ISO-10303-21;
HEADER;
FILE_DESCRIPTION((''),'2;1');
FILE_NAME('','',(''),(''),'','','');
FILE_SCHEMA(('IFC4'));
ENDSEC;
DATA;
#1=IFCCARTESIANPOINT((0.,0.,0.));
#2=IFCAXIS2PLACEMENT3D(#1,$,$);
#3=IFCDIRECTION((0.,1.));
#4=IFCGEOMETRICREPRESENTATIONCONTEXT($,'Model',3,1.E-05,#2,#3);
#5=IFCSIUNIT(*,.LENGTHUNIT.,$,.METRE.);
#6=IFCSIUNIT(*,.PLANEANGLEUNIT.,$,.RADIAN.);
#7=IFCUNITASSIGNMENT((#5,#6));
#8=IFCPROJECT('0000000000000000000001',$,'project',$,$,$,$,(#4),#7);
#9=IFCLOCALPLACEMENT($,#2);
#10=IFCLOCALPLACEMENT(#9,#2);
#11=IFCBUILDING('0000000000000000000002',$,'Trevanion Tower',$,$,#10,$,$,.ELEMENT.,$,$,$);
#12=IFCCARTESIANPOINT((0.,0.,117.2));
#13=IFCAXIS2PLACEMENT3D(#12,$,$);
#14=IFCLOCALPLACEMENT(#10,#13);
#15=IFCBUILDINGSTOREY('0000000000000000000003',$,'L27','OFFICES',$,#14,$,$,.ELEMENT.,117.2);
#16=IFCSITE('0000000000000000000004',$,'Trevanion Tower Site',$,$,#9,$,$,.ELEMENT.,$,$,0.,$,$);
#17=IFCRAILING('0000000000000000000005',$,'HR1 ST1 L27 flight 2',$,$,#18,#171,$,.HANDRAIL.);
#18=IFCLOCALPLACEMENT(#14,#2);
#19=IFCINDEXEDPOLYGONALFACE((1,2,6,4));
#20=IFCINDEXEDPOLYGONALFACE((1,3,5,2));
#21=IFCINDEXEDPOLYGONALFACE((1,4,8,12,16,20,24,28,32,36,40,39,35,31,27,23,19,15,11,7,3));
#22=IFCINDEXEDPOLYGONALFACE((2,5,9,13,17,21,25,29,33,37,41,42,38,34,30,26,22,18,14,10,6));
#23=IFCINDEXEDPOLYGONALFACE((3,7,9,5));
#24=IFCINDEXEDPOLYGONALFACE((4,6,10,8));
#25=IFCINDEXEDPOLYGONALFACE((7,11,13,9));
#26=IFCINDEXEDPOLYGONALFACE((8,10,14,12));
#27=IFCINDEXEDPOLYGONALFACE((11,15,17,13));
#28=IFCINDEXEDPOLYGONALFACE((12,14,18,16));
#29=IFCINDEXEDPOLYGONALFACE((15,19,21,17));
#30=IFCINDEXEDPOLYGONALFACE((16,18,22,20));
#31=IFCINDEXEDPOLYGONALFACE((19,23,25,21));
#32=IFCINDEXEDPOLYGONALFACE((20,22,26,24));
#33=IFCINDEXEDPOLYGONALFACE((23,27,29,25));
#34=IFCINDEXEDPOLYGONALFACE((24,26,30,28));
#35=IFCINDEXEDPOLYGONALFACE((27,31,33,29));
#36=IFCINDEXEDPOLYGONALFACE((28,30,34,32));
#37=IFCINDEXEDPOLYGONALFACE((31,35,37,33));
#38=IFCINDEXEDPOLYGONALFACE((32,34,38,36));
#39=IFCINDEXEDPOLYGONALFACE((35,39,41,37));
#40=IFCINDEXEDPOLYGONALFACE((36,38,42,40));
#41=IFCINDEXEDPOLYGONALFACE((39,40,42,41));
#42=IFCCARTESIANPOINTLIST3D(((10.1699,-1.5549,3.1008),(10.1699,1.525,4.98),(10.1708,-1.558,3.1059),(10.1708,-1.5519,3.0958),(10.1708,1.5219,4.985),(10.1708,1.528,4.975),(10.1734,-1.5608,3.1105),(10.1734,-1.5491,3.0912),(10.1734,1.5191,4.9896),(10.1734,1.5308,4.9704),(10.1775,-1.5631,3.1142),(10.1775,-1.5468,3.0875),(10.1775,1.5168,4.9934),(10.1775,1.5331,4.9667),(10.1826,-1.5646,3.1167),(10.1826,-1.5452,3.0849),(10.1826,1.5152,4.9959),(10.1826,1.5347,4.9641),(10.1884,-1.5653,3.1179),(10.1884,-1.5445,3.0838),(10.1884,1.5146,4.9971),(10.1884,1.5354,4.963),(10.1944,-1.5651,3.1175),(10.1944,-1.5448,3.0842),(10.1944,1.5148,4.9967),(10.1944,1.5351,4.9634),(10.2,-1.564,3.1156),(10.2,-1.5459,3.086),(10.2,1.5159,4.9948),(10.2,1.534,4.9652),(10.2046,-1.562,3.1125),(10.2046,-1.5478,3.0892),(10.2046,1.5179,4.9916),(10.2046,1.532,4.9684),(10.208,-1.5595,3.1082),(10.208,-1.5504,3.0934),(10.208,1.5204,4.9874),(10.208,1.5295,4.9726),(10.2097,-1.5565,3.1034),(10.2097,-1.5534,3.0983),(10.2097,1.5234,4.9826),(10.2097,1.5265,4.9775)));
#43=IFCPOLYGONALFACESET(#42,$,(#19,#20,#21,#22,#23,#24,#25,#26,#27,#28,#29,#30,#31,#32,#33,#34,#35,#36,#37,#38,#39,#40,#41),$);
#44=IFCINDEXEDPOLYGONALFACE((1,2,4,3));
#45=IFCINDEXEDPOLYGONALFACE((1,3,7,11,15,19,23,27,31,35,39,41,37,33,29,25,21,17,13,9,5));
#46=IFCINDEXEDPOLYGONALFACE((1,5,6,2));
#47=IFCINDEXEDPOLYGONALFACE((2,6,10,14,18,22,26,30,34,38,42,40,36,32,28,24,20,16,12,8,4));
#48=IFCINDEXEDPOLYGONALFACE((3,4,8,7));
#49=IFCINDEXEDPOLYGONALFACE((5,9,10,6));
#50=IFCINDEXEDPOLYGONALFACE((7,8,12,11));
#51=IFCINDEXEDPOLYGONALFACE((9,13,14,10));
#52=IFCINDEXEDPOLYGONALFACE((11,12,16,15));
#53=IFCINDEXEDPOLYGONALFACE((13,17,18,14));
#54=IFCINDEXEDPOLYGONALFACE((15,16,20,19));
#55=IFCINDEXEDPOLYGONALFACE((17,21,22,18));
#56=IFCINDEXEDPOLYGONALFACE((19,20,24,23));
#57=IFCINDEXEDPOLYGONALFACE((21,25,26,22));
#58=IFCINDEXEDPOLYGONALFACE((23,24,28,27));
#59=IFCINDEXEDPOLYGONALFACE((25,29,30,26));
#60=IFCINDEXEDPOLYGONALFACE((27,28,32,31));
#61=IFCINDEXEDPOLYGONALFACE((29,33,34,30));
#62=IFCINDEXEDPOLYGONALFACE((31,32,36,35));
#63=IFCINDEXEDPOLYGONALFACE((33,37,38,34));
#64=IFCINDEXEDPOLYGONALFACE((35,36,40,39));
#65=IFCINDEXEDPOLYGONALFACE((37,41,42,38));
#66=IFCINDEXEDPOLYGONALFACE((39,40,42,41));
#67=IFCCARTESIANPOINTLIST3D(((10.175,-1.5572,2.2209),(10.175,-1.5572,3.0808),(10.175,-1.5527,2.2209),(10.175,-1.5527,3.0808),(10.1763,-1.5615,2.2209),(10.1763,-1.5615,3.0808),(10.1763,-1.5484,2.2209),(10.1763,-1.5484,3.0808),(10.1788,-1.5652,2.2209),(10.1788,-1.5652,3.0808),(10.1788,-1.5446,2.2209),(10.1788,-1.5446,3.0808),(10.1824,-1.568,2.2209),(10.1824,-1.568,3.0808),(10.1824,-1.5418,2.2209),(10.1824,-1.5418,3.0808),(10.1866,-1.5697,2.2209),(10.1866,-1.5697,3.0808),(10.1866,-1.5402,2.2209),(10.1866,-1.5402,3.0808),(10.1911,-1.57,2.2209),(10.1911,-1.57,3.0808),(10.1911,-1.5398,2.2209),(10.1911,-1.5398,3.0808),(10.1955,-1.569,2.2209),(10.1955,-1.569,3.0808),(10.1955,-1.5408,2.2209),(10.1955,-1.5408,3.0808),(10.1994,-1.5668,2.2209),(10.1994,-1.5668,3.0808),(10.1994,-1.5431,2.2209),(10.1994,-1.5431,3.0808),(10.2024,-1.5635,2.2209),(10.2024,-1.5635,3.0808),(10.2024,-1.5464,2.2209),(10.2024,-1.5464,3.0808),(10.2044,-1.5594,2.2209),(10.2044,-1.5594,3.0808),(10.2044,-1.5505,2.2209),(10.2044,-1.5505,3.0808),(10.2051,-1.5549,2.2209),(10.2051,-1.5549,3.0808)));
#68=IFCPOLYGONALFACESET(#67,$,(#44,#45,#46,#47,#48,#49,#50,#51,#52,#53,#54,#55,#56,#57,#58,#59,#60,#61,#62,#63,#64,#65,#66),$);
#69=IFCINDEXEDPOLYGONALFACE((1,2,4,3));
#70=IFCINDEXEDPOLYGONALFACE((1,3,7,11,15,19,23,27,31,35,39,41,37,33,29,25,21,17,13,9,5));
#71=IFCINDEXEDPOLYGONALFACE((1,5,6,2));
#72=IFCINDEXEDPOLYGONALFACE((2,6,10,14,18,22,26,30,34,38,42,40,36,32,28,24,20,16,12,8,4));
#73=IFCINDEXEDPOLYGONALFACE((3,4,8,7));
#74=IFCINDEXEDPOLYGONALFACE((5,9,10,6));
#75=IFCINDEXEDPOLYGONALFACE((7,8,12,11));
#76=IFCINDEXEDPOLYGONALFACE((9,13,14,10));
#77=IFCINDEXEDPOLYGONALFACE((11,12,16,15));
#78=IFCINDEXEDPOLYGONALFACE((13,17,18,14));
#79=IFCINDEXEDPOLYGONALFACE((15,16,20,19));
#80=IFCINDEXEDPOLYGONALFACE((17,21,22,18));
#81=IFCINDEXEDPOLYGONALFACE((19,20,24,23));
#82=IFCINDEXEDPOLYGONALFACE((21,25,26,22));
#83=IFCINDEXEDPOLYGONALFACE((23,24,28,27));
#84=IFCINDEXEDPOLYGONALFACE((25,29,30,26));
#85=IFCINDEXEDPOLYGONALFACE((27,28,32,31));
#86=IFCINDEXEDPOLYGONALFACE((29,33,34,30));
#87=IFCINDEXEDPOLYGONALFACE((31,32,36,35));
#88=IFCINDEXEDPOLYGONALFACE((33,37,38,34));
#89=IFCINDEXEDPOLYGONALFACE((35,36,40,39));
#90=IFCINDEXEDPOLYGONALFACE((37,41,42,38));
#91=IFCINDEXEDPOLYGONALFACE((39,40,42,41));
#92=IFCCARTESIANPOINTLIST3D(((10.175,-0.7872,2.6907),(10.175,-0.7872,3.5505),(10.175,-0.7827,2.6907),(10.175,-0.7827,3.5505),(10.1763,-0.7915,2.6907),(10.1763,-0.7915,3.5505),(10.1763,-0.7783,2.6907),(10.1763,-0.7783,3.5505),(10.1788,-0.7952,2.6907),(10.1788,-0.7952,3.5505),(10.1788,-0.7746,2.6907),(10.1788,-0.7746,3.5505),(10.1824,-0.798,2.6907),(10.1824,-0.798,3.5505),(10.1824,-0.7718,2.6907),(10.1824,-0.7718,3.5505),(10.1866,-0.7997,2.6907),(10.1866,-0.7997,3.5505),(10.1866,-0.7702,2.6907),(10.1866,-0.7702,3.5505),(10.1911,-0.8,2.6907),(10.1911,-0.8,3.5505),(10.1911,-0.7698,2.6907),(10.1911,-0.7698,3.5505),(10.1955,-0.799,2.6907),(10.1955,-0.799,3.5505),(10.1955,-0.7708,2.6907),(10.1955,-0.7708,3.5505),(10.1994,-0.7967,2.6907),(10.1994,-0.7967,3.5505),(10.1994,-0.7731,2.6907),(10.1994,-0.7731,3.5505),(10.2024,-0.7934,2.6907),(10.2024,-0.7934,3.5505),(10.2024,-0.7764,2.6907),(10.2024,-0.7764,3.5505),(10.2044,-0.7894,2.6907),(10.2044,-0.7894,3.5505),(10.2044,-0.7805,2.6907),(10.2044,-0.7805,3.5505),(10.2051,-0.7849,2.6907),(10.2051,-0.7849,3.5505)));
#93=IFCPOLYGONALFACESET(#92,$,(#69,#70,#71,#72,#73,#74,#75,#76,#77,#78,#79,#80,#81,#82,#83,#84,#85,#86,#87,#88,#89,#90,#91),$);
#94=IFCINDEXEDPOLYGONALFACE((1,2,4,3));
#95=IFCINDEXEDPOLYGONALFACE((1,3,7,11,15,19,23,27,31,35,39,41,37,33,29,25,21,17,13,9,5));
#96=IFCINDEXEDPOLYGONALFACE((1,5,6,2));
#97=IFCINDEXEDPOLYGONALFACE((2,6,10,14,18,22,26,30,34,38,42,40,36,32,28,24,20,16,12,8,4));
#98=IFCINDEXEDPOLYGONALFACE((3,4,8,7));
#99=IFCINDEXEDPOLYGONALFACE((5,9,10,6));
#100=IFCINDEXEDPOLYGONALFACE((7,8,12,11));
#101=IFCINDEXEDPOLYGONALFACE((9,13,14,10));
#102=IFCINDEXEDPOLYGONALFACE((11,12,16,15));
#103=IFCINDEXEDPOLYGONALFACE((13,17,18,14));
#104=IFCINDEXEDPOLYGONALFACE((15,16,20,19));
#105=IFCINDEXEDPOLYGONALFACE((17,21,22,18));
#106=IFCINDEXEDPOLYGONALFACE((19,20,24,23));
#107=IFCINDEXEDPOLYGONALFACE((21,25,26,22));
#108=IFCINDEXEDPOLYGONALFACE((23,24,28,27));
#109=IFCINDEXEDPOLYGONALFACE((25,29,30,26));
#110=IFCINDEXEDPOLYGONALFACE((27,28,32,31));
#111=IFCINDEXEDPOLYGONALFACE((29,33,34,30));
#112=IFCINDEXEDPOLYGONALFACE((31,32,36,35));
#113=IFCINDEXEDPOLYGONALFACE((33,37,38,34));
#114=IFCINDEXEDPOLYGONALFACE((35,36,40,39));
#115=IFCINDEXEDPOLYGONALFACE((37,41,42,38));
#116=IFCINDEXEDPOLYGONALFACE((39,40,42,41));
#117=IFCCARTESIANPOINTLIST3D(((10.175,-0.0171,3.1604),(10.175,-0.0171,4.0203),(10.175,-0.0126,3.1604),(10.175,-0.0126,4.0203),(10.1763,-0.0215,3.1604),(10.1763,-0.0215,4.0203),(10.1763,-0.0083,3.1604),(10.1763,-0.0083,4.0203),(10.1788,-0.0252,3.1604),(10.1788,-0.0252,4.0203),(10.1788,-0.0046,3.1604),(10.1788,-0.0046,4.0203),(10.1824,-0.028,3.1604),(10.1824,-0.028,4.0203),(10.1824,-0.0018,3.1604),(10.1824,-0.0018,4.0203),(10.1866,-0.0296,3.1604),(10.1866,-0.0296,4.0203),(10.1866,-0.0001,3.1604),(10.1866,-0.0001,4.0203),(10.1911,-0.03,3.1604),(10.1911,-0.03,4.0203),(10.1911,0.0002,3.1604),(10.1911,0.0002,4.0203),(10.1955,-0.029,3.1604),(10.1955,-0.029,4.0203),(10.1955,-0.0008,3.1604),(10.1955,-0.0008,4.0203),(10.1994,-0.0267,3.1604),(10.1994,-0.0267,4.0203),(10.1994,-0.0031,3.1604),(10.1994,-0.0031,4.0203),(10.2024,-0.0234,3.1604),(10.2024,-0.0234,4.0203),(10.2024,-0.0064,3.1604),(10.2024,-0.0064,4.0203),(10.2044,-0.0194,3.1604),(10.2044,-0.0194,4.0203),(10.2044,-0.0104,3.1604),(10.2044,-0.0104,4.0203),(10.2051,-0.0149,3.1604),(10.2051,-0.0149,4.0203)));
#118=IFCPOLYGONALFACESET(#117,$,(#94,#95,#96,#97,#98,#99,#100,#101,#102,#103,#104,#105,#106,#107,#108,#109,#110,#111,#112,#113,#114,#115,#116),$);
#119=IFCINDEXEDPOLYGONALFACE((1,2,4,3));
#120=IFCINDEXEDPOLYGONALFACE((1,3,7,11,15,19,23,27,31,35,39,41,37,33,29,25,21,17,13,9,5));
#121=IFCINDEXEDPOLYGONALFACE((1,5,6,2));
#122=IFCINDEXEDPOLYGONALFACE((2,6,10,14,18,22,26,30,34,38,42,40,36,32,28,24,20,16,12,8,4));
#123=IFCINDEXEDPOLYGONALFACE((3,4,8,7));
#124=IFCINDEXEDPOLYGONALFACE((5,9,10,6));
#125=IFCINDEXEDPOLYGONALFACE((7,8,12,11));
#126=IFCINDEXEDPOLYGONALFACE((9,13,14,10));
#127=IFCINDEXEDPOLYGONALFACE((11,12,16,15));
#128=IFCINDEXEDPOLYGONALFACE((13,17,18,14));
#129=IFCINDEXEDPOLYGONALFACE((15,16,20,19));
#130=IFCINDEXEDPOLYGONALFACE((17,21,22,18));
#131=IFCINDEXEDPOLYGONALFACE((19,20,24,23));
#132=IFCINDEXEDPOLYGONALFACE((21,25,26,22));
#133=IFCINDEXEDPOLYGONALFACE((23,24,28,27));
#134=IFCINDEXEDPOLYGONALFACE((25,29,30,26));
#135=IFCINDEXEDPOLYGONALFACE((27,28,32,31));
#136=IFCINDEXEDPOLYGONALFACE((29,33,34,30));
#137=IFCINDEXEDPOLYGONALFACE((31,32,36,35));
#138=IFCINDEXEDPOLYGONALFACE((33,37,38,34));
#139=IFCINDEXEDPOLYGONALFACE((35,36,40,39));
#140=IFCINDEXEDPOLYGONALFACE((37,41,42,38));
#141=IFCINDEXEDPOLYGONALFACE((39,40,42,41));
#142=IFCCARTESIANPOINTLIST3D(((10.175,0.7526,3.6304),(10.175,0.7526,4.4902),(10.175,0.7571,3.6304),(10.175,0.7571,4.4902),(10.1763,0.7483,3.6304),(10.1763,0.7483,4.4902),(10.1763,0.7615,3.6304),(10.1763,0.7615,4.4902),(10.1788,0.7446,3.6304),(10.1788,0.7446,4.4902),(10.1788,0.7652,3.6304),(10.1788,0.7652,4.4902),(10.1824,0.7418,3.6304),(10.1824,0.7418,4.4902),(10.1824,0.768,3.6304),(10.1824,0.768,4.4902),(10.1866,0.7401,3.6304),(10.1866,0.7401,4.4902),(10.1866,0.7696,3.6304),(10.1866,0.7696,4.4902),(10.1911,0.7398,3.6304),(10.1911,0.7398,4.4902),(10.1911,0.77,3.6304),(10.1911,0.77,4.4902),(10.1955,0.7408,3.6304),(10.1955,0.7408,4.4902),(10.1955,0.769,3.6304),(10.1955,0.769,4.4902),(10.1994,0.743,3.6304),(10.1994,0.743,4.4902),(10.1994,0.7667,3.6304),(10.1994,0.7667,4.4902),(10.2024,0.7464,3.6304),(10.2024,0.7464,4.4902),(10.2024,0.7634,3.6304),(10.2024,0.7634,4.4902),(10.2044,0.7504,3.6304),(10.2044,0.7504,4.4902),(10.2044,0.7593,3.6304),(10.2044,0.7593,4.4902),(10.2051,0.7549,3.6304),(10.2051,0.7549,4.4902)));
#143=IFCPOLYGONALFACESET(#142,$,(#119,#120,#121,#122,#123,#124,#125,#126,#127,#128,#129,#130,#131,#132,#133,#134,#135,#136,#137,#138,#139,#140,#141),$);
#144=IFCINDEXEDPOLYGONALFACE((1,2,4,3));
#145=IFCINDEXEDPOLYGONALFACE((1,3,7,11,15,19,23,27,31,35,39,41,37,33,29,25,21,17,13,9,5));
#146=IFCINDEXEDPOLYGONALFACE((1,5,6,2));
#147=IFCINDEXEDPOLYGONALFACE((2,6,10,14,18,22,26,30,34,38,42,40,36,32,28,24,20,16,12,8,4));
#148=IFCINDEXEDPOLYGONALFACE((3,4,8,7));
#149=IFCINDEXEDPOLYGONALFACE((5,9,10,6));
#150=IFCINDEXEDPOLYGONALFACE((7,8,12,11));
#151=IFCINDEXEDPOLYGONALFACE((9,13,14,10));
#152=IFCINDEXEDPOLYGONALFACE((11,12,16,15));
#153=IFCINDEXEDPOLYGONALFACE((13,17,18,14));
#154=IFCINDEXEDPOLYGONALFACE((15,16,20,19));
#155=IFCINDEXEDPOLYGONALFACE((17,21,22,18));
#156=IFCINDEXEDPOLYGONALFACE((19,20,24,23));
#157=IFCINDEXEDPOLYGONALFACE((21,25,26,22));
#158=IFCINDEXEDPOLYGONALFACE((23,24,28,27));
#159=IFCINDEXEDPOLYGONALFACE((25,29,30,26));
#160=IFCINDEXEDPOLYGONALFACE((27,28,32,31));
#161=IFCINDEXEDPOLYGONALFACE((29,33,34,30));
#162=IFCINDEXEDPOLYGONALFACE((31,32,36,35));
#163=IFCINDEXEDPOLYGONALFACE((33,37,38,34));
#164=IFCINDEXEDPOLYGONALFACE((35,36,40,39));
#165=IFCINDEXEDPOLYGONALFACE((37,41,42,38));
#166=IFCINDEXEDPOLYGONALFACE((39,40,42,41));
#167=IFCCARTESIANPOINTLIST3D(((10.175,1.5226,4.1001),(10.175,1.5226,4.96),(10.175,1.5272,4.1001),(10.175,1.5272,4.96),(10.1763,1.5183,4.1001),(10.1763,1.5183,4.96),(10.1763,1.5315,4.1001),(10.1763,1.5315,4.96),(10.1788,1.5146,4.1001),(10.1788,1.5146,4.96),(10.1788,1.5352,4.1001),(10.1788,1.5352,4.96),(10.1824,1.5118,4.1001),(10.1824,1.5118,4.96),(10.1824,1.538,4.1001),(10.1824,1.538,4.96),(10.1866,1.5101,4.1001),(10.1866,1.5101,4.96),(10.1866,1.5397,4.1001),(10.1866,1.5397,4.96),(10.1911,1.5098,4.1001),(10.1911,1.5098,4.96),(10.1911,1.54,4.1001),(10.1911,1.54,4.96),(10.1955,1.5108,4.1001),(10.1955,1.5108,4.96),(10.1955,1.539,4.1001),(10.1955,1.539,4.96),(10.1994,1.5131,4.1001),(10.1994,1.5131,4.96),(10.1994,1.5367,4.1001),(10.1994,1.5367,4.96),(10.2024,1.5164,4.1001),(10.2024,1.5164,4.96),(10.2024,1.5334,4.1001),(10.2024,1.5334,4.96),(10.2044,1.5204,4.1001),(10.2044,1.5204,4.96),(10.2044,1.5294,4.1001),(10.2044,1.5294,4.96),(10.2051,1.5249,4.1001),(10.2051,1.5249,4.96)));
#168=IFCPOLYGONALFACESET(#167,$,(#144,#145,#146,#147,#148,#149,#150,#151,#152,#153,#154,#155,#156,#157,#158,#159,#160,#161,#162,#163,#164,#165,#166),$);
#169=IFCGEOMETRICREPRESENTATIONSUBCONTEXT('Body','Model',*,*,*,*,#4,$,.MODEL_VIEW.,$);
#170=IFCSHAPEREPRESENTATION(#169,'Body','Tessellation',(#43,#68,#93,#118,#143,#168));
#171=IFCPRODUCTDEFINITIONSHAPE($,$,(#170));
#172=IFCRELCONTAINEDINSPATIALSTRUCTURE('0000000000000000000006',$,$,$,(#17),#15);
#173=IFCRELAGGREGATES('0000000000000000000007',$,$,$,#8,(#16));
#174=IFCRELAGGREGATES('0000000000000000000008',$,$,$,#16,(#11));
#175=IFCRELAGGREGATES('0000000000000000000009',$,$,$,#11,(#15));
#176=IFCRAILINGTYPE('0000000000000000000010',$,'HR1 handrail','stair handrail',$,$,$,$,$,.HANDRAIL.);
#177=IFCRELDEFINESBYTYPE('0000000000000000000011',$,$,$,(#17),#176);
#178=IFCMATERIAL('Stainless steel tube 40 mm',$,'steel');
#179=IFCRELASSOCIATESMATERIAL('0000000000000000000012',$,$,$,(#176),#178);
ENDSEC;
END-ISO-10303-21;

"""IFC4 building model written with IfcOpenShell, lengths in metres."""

from ifc_helpers import new_model, si_unit, direction, frame, origin, origin_2d, place, context, subcontext, project, spatial, circle, extrude, material, type_object, element, save


model = new_model("IFC4")

# Units and contexts
model_context = context("Model", 3, precision=1e-05, world=origin(), true_north=direction((0.0, 1.0)))
body_context = subcontext(model_context, "Body", "Model", "MODEL_VIEW")
ifc_project = project(units=[si_unit("LENGTHUNIT", "METRE"), si_unit("PLANEANGLEUNIT", "RADIAN")], contexts=[model_context])

# Site, building, storey
site_placement = place(None, origin())
site = spatial("IfcSite", under=ifc_project, at=site_placement, Name="Trevanion Tower Site", CompositionType="ELEMENT", RefElevation=0.0)
building_placement = place(site_placement, origin())
building = spatial("IfcBuilding", under=site, at=building_placement, Name="Trevanion Tower", CompositionType="ELEMENT")
storey_placement = place(building_placement, frame((0.0, 0.0, 117.2)))
storey = spatial("IfcBuildingStorey", under=building, at=storey_placement, Name="L27", Description="OFFICES", CompositionType="ELEMENT", Elevation=117.2)

# Railing
ifc_material_1 = material(Name="Stainless steel tube 40 mm", Category="steel")
railing_type = type_object("IfcRailingType", Name="HR1 handrail", Description="stair handrail", PredefinedType="HANDRAIL", material=ifc_material_1)
for number, where, name in (
    (1, (10.1899, -1.5549, 2.2209), "HR1 ST1 L27 flight 2"),
):
    element("IfcRailing", number, at=place(storey_placement, frame(where)), inside=storey, type_object=railing_type, Name=name, PredefinedType="HANDRAIL", context=body_context, shape_type="SweptSolid", body=[
        extrude(circle(Radius=0.02, at=origin_2d()), frame((0.0, 0.0, 0.8799), z_axis=(0.0, 0.853648, 0.52085), x_axis=(-1.0, 0.0, 0.0)), (0.0, 0.0, 1.0), 3.6079),
        extrude(circle(Radius=0.0151, at=origin_2d()), origin(), (0.0, 0.0, 1.0), 0.8599),
        extrude(circle(Radius=0.0151, at=origin_2d()), frame((0.0, 0.77, 0.4697)), (0.0, 0.0, 1.0), 0.8599),
        extrude(circle(Radius=0.0151, at=origin_2d()), frame((0.0, 1.54, 0.9395)), (0.0, 0.0, 1.0), 0.8599),
        extrude(circle(Radius=0.0151, at=origin_2d()), frame((0.0, 2.3098, 1.4094)), (0.0, 0.0, 1.0), 0.8599),
        extrude(circle(Radius=0.0151, at=origin_2d()), frame((0.0, 3.0798, 1.8792)), (0.0, 0.0, 1.0), 0.8599),
    ])

save(model, "model.ifc")
